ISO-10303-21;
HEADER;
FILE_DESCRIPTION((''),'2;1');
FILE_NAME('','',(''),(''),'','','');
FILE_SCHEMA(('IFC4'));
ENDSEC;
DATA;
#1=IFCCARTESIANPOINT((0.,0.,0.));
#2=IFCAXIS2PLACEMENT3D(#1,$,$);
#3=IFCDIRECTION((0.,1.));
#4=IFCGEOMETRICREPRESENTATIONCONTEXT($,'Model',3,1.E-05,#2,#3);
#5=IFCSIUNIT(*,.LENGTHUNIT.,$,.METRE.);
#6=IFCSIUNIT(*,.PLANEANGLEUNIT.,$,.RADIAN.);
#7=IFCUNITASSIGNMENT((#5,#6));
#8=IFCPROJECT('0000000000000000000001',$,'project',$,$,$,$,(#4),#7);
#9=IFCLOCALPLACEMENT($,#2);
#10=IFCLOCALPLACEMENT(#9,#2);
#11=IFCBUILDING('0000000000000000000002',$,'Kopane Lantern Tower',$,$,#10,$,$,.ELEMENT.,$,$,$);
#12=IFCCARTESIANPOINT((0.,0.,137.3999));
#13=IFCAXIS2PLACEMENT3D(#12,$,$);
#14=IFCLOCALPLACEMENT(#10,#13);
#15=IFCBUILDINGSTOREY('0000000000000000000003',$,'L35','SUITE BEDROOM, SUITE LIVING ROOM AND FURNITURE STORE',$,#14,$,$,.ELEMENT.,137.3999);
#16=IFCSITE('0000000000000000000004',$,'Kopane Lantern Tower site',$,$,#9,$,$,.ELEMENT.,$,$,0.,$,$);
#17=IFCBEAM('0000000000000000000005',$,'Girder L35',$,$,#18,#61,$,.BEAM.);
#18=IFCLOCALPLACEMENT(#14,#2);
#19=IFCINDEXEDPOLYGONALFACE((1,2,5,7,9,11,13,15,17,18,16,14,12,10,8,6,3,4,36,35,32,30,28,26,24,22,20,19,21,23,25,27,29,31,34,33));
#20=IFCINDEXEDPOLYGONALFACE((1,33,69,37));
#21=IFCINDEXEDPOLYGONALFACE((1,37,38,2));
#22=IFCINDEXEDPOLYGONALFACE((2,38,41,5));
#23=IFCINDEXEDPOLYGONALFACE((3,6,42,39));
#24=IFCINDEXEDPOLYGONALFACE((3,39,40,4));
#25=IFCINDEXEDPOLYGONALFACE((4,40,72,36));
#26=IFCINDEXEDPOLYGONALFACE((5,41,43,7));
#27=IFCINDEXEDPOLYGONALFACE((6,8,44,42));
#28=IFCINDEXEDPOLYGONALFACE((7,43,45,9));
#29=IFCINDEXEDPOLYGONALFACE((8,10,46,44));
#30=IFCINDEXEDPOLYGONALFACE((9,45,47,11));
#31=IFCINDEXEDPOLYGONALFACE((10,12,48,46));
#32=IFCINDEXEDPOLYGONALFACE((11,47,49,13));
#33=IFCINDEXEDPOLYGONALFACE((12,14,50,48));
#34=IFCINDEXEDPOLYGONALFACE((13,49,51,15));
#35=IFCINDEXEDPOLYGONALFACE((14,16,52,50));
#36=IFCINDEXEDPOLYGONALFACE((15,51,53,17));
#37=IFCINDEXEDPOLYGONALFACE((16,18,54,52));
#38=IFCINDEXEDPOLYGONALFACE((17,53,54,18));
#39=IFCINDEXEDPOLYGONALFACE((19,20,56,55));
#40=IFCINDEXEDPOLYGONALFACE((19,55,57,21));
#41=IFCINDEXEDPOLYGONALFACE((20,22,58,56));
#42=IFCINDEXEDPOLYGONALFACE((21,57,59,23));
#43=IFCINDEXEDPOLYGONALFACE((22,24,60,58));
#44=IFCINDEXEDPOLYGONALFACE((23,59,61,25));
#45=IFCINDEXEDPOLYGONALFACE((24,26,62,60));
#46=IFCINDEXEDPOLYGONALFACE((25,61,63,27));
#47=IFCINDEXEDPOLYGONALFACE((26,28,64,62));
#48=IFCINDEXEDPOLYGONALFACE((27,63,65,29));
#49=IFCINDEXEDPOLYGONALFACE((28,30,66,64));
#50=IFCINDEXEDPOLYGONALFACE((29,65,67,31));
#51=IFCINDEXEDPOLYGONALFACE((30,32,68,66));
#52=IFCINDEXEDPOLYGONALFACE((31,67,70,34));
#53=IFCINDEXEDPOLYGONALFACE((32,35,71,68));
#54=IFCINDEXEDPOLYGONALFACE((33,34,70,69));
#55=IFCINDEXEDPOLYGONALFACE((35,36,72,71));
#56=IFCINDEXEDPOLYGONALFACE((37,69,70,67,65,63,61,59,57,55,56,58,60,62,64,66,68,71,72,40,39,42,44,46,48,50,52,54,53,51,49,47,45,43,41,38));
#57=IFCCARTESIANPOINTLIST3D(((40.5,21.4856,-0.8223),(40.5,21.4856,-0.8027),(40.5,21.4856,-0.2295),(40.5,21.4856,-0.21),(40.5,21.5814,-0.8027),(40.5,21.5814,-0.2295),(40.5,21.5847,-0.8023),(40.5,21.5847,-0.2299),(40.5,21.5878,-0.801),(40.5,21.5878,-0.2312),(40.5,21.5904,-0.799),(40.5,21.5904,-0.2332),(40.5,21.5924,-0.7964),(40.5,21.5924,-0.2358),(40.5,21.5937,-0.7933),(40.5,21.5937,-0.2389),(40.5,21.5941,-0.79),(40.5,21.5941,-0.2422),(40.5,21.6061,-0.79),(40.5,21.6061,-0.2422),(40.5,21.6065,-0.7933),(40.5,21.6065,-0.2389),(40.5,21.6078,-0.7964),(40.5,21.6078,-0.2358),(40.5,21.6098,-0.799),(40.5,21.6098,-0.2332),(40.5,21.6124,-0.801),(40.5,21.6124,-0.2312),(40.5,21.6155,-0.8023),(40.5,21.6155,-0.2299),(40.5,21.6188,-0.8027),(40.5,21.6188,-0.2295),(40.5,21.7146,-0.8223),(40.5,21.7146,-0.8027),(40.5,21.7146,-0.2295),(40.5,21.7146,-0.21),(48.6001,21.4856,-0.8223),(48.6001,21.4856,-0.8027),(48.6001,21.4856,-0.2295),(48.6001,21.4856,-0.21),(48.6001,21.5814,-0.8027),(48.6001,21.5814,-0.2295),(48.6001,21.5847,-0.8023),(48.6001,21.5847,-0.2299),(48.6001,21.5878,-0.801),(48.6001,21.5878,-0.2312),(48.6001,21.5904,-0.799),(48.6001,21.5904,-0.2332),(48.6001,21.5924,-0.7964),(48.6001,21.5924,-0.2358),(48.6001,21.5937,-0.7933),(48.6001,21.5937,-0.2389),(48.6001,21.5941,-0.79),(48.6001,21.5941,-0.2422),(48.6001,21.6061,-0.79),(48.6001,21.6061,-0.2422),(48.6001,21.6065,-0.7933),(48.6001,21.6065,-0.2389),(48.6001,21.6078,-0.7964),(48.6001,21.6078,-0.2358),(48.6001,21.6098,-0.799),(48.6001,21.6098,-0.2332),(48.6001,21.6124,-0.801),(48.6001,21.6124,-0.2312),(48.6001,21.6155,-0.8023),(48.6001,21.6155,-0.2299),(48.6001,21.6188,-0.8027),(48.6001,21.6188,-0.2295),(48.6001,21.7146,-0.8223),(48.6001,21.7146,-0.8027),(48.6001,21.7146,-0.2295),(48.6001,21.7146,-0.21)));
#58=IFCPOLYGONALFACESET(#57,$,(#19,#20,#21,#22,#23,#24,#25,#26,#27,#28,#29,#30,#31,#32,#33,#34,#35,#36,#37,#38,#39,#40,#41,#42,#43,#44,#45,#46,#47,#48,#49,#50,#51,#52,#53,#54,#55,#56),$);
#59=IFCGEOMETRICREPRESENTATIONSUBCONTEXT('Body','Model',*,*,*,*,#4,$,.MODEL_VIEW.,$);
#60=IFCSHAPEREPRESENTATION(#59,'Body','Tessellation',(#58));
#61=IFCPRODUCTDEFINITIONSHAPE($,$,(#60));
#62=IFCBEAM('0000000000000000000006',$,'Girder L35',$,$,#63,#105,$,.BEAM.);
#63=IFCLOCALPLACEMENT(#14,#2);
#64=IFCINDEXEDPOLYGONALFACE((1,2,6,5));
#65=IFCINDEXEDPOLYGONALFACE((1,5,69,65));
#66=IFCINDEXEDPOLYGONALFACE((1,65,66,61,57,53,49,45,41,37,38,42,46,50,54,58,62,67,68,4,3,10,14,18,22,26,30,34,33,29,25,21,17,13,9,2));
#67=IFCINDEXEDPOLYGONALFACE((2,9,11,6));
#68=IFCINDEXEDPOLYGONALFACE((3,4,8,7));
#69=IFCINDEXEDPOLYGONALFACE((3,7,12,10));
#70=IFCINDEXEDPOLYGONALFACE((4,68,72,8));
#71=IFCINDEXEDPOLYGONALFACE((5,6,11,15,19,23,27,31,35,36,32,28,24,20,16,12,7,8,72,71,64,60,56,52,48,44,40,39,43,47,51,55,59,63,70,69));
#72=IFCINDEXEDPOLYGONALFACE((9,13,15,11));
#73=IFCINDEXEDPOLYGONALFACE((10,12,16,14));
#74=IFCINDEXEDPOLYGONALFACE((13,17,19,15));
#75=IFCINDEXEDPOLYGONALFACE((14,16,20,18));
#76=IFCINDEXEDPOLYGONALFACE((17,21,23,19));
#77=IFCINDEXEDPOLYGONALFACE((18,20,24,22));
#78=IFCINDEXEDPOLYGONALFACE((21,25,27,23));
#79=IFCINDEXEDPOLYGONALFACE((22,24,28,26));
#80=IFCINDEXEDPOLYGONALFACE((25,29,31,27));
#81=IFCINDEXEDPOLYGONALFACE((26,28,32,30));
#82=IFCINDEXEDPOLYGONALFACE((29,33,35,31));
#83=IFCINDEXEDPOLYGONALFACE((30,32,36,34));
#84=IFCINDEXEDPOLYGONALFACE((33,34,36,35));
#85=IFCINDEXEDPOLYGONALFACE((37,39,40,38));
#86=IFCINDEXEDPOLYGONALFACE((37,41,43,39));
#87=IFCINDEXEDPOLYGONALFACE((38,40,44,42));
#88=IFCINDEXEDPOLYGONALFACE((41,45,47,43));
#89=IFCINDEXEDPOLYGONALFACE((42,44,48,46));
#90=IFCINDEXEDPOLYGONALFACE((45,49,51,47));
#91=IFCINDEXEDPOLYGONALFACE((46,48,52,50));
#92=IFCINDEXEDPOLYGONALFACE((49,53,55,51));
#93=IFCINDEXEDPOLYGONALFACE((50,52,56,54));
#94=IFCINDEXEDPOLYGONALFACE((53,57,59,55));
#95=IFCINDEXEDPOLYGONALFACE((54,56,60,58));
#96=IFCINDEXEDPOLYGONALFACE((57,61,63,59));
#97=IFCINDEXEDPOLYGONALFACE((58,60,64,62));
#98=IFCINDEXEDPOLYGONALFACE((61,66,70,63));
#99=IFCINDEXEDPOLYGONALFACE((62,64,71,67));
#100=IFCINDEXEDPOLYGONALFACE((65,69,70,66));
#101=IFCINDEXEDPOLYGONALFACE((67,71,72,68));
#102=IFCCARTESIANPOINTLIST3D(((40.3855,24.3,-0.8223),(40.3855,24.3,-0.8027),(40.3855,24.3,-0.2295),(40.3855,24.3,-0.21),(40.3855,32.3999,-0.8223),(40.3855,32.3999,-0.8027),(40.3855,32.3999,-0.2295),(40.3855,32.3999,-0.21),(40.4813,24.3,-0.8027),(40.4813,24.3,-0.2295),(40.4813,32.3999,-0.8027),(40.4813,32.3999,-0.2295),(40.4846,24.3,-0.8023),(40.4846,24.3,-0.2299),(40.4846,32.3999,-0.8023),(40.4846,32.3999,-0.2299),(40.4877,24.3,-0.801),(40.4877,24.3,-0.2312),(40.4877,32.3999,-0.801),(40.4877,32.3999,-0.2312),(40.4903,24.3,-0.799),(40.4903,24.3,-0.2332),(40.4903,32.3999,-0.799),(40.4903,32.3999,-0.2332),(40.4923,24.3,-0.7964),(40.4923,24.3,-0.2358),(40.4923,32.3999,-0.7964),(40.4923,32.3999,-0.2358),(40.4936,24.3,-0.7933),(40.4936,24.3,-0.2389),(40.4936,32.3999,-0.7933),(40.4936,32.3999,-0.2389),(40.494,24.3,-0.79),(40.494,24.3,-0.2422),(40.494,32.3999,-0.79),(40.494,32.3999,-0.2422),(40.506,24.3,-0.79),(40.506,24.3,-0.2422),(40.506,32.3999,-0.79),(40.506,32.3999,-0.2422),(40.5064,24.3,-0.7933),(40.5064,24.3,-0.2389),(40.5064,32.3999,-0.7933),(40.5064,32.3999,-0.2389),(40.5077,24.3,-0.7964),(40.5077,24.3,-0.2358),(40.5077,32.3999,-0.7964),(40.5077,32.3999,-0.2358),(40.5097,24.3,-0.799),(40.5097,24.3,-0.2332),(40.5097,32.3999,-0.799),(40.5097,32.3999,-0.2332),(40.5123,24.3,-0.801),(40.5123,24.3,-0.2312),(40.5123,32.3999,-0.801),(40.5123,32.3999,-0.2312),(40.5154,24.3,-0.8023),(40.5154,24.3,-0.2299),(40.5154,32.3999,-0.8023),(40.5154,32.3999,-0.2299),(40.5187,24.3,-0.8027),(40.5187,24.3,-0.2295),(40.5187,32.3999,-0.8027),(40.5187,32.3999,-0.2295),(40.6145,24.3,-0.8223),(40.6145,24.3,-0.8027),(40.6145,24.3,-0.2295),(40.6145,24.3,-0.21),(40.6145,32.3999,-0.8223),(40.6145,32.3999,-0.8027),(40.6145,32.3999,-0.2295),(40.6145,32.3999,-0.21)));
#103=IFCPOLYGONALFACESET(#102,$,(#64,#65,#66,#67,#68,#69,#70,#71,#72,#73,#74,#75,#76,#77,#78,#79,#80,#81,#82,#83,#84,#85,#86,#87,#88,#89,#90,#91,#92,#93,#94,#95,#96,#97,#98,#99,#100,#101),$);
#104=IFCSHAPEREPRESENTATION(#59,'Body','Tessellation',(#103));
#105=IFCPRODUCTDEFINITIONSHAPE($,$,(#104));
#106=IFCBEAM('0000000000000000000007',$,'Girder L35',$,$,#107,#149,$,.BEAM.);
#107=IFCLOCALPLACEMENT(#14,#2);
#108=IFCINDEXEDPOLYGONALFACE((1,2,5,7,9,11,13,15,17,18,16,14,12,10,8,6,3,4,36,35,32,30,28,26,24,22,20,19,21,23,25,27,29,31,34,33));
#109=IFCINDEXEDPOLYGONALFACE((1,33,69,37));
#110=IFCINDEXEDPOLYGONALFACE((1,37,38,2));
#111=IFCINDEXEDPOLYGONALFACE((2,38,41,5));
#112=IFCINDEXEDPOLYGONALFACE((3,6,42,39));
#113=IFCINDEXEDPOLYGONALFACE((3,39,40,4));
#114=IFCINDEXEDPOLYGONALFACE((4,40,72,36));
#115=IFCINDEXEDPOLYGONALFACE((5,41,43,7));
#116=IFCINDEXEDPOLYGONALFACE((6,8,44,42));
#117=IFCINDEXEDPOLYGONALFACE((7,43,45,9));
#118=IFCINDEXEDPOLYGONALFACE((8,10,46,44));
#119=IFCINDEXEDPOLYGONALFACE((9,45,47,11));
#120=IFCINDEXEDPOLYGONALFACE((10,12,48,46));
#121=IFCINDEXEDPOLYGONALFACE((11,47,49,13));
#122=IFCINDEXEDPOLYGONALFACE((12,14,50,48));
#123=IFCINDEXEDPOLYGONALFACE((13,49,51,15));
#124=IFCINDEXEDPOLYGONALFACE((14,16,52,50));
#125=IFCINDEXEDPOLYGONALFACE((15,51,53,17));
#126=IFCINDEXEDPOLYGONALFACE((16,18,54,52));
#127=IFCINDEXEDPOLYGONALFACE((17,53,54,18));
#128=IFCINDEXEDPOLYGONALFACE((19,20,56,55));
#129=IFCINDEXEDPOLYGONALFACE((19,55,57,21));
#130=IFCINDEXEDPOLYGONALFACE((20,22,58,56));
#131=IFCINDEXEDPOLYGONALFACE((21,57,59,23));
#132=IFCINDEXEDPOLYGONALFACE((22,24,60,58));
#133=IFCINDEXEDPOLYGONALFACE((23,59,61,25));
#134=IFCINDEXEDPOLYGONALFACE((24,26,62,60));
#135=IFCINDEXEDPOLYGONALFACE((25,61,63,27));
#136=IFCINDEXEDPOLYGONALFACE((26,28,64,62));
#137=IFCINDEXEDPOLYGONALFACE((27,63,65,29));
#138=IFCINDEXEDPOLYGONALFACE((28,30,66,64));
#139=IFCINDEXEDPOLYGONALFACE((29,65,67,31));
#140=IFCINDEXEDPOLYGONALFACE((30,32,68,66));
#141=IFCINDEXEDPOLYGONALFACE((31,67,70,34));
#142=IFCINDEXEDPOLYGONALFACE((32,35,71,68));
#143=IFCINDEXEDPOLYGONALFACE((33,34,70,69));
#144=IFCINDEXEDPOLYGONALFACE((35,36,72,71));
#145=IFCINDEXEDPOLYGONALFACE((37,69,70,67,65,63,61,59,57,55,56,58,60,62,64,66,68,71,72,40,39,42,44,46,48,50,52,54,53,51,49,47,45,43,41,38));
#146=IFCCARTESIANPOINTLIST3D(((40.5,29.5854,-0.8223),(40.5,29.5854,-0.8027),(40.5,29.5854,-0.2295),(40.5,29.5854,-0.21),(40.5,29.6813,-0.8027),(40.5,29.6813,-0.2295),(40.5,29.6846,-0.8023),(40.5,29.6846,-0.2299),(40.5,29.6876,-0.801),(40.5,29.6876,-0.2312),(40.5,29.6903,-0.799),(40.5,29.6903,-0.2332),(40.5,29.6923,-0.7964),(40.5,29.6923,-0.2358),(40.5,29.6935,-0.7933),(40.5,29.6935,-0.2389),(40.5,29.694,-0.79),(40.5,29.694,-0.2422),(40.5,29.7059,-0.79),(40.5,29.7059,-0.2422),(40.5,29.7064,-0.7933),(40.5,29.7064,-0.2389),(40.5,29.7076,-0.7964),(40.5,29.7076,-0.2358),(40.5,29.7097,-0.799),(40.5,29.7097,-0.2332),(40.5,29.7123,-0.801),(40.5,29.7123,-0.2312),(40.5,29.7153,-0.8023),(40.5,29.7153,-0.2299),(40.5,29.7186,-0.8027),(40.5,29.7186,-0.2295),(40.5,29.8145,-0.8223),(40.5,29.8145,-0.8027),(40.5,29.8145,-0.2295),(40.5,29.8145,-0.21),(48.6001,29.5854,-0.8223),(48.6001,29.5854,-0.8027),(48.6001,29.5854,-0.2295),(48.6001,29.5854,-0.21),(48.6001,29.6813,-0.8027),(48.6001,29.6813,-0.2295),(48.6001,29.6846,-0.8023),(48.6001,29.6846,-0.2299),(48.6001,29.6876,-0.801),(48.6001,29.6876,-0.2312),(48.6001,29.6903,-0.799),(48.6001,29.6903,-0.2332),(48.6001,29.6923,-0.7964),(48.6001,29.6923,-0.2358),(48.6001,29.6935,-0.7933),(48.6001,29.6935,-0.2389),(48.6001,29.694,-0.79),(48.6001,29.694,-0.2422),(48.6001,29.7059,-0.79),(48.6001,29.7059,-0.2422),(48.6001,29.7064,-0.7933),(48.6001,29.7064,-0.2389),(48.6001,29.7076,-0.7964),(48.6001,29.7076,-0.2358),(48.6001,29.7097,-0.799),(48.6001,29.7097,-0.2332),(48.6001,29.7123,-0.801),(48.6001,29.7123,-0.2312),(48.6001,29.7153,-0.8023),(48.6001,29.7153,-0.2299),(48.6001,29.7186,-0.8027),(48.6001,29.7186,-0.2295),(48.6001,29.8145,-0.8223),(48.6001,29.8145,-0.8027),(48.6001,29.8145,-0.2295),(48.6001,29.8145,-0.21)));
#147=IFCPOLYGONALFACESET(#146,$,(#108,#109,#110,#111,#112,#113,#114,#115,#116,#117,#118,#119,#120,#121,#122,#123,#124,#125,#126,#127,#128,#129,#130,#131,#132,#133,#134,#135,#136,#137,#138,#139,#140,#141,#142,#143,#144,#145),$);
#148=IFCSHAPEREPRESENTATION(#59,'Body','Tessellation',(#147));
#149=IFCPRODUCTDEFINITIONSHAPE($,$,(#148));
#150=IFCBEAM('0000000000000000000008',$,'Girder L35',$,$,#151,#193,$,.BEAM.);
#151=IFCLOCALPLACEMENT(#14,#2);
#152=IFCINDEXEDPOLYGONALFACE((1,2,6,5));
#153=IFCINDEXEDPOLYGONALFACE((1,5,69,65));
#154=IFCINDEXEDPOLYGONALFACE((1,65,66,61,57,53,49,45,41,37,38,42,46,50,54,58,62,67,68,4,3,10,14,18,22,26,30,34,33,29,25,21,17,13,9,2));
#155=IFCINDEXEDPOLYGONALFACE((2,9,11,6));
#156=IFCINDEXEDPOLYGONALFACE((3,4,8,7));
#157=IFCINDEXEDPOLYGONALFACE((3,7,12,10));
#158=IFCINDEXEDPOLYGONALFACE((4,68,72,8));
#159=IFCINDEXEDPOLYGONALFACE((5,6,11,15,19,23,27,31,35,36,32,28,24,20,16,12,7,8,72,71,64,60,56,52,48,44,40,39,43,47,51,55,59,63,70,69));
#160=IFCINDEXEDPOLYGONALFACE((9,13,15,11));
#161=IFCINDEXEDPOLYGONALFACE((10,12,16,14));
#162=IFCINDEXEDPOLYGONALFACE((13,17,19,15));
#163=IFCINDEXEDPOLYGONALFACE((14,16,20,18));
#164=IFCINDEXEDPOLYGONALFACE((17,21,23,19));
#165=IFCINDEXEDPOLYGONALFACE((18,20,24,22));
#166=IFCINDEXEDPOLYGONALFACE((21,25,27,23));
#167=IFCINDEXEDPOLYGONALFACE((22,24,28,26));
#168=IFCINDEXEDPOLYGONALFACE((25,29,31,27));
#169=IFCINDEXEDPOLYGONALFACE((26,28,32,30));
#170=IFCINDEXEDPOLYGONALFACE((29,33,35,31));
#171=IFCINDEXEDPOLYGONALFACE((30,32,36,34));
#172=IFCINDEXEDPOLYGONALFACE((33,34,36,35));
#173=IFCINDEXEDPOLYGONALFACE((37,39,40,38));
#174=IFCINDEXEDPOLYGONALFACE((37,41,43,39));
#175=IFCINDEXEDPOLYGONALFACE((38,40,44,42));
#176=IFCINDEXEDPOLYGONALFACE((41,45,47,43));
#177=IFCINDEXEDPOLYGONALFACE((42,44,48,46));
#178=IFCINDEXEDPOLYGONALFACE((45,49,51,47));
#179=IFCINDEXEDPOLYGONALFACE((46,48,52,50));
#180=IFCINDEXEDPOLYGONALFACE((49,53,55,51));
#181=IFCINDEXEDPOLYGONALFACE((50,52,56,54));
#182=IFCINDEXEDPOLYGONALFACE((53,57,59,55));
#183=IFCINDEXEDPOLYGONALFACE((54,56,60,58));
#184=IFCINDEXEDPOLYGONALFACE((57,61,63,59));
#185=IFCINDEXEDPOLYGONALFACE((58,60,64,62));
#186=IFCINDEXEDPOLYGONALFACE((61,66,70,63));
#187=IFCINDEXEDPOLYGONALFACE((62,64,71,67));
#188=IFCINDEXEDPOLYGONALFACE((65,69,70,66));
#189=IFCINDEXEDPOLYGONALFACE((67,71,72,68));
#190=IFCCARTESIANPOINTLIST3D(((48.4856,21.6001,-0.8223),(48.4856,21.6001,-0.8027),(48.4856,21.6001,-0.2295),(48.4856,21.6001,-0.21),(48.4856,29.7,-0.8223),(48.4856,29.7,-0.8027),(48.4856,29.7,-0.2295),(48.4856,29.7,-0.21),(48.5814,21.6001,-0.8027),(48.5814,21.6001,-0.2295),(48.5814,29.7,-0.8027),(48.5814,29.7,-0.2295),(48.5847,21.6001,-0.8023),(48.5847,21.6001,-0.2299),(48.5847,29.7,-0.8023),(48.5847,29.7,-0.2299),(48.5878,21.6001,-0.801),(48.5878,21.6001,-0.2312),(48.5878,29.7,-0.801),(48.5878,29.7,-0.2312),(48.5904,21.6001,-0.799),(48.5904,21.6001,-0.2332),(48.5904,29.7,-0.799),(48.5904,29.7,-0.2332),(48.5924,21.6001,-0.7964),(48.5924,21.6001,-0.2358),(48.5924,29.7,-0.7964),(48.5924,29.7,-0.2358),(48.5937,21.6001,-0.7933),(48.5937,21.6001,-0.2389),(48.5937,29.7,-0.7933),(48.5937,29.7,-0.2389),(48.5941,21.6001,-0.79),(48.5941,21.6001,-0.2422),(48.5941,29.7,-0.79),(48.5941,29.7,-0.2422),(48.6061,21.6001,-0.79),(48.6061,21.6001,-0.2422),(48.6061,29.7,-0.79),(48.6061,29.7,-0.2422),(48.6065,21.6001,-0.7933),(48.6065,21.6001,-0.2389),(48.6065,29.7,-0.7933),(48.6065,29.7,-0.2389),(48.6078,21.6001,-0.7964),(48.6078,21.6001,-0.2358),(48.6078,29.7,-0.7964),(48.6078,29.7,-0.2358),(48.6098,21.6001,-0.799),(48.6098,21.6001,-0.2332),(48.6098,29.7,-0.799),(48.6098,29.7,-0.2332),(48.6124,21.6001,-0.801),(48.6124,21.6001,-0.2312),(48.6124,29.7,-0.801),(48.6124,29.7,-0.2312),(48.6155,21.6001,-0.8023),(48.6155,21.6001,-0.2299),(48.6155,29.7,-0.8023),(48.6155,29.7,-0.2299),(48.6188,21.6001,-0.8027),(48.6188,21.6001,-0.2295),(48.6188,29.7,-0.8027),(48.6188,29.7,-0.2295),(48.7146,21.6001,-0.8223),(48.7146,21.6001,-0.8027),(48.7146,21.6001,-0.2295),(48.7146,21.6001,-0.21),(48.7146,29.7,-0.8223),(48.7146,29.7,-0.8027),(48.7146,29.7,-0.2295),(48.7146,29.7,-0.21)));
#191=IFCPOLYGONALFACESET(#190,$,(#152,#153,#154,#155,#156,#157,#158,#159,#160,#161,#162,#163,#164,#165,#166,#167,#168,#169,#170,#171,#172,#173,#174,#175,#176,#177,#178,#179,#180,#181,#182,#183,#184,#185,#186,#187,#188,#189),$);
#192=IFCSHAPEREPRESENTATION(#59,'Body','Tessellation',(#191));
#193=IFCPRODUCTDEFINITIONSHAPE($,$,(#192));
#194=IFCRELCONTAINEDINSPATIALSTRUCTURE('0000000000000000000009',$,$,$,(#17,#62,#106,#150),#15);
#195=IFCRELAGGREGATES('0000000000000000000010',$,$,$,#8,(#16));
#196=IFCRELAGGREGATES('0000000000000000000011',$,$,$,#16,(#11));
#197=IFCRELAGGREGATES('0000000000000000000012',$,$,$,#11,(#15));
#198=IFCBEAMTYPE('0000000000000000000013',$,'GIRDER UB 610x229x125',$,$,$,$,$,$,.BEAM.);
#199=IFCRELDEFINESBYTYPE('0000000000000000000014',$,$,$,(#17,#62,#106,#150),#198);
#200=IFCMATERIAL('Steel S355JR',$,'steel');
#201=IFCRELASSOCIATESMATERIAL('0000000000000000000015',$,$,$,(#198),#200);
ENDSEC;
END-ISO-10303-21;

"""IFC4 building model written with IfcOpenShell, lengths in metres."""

from ifc_helpers import new_model, si_unit, direction, frame, origin, origin_2d, place, context, subcontext, project, spatial, i_section, extrude, material, material_profile, profile_set, type_object, element, save


model = new_model("IFC4")

# Units and contexts
model_context = context("Model", 3, precision=1e-05, world=origin(), true_north=direction((0.0, 1.0)))
body_context = subcontext(model_context, "Body", "Model", "MODEL_VIEW")
ifc_project = project(units=[si_unit("LENGTHUNIT", "METRE"), si_unit("PLANEANGLEUNIT", "RADIAN")], contexts=[model_context])

# Site, building, storey
site_placement = place(None, origin())
site = spatial("IfcSite", under=ifc_project, at=site_placement, Name="Kopane Lantern Tower site", CompositionType="ELEMENT", RefElevation=0.0)
building_placement = place(site_placement, origin())
building = spatial("IfcBuilding", under=site, at=building_placement, Name="Kopane Lantern Tower", CompositionType="ELEMENT")
storey_placement = place(building_placement, frame((0.0, 0.0, 137.3999)))
storey = spatial("IfcBuildingStorey", under=building, at=storey_placement, Name="L35", Description="SUITE BEDROOM, SUITE LIVING ROOM AND FURNITURE STORE", CompositionType="ELEMENT", Elevation=137.3999)

# Beams
ifc_material_1 = material(Name="Steel S355JR", Category="steel")
ifc_material_profile_1 = material_profile(ifc_material_1, i_section(OverallWidth=0.229, OverallDepth=0.6123, WebThickness=0.012, FlangeThickness=0.0195, FilletRadius=0.0127, at=origin_2d()), Name="UB 610x229x125")
ifc_profile_set_1 = profile_set([ifc_material_profile_1], Name="Steel S355JR")
beam_type_1 = type_object("IfcBeamType", Name="GIRDER UB 610x229x125", PredefinedType="BEAM", material=ifc_profile_set_1)
beam_1_placement = place(storey_placement, frame((40.5, 21.6001, -0.5161), z_axis=(1.0, 0.0, 0.0), x_axis=(0.0, 1.0, 0.0)))
element("IfcBeam", 1, at=beam_1_placement, inside=storey, type_object=beam_type_1, Name="Girder L35", PredefinedType="BEAM", context=body_context, shape_type="SweptSolid", body=[
    extrude(i_section(OverallWidth=0.229, OverallDepth=0.6123, WebThickness=0.012, FlangeThickness=0.0195, FilletRadius=0.0127, at=origin_2d()), origin(), (0.0, 0.0, 1.0), 8.1001),
])
beam_2_placement = place(storey_placement, frame((40.5, 24.3, -0.5161), z_axis=(0.0, 1.0, 0.0), x_axis=(-1.0, 0.0, 0.0)))
element("IfcBeam", 2, at=beam_2_placement, inside=storey, type_object=beam_type_1, Name="Girder L35", PredefinedType="BEAM", context=body_context, shape_type="SweptSolid", body=[
    extrude(i_section(OverallWidth=0.229, OverallDepth=0.6123, WebThickness=0.012, FlangeThickness=0.0195, FilletRadius=0.0127, at=origin_2d()), origin(), (0.0, 0.0, 1.0), 8.0999),
])
beam_3_placement = place(storey_placement, frame((40.5, 29.7, -0.5161), z_axis=(1.0, 0.0, 0.0), x_axis=(0.0, 1.0, 0.0)))
element("IfcBeam", 3, at=beam_3_placement, inside=storey, type_object=beam_type_1, Name="Girder L35", PredefinedType="BEAM", context=body_context, shape_type="SweptSolid", body=[
    extrude(i_section(OverallWidth=0.229, OverallDepth=0.6123, WebThickness=0.012, FlangeThickness=0.0195, FilletRadius=0.0127, at=origin_2d()), origin(), (0.0, 0.0, 1.0), 8.1001),
])
for number, where, z_axis, x_axis, name in (
    (4, (48.6001, 21.6001, -0.5161), (0.0, 1.0, 0.0), (-1.0, 0.0, 0.0), "Girder L35"),
):
    element("IfcBeam", number, at=place(storey_placement, frame(where, z_axis=z_axis, x_axis=x_axis)), inside=storey, type_object=beam_type_1, Name=name, PredefinedType="BEAM", context=body_context, shape_type="SweptSolid", body=[
        extrude(i_section(OverallWidth=0.229, OverallDepth=0.6123, WebThickness=0.012, FlangeThickness=0.0195, FilletRadius=0.0127, at=origin_2d()), origin(), (0.0, 0.0, 1.0), 8.0999),
    ])

save(model, "model.ifc")
